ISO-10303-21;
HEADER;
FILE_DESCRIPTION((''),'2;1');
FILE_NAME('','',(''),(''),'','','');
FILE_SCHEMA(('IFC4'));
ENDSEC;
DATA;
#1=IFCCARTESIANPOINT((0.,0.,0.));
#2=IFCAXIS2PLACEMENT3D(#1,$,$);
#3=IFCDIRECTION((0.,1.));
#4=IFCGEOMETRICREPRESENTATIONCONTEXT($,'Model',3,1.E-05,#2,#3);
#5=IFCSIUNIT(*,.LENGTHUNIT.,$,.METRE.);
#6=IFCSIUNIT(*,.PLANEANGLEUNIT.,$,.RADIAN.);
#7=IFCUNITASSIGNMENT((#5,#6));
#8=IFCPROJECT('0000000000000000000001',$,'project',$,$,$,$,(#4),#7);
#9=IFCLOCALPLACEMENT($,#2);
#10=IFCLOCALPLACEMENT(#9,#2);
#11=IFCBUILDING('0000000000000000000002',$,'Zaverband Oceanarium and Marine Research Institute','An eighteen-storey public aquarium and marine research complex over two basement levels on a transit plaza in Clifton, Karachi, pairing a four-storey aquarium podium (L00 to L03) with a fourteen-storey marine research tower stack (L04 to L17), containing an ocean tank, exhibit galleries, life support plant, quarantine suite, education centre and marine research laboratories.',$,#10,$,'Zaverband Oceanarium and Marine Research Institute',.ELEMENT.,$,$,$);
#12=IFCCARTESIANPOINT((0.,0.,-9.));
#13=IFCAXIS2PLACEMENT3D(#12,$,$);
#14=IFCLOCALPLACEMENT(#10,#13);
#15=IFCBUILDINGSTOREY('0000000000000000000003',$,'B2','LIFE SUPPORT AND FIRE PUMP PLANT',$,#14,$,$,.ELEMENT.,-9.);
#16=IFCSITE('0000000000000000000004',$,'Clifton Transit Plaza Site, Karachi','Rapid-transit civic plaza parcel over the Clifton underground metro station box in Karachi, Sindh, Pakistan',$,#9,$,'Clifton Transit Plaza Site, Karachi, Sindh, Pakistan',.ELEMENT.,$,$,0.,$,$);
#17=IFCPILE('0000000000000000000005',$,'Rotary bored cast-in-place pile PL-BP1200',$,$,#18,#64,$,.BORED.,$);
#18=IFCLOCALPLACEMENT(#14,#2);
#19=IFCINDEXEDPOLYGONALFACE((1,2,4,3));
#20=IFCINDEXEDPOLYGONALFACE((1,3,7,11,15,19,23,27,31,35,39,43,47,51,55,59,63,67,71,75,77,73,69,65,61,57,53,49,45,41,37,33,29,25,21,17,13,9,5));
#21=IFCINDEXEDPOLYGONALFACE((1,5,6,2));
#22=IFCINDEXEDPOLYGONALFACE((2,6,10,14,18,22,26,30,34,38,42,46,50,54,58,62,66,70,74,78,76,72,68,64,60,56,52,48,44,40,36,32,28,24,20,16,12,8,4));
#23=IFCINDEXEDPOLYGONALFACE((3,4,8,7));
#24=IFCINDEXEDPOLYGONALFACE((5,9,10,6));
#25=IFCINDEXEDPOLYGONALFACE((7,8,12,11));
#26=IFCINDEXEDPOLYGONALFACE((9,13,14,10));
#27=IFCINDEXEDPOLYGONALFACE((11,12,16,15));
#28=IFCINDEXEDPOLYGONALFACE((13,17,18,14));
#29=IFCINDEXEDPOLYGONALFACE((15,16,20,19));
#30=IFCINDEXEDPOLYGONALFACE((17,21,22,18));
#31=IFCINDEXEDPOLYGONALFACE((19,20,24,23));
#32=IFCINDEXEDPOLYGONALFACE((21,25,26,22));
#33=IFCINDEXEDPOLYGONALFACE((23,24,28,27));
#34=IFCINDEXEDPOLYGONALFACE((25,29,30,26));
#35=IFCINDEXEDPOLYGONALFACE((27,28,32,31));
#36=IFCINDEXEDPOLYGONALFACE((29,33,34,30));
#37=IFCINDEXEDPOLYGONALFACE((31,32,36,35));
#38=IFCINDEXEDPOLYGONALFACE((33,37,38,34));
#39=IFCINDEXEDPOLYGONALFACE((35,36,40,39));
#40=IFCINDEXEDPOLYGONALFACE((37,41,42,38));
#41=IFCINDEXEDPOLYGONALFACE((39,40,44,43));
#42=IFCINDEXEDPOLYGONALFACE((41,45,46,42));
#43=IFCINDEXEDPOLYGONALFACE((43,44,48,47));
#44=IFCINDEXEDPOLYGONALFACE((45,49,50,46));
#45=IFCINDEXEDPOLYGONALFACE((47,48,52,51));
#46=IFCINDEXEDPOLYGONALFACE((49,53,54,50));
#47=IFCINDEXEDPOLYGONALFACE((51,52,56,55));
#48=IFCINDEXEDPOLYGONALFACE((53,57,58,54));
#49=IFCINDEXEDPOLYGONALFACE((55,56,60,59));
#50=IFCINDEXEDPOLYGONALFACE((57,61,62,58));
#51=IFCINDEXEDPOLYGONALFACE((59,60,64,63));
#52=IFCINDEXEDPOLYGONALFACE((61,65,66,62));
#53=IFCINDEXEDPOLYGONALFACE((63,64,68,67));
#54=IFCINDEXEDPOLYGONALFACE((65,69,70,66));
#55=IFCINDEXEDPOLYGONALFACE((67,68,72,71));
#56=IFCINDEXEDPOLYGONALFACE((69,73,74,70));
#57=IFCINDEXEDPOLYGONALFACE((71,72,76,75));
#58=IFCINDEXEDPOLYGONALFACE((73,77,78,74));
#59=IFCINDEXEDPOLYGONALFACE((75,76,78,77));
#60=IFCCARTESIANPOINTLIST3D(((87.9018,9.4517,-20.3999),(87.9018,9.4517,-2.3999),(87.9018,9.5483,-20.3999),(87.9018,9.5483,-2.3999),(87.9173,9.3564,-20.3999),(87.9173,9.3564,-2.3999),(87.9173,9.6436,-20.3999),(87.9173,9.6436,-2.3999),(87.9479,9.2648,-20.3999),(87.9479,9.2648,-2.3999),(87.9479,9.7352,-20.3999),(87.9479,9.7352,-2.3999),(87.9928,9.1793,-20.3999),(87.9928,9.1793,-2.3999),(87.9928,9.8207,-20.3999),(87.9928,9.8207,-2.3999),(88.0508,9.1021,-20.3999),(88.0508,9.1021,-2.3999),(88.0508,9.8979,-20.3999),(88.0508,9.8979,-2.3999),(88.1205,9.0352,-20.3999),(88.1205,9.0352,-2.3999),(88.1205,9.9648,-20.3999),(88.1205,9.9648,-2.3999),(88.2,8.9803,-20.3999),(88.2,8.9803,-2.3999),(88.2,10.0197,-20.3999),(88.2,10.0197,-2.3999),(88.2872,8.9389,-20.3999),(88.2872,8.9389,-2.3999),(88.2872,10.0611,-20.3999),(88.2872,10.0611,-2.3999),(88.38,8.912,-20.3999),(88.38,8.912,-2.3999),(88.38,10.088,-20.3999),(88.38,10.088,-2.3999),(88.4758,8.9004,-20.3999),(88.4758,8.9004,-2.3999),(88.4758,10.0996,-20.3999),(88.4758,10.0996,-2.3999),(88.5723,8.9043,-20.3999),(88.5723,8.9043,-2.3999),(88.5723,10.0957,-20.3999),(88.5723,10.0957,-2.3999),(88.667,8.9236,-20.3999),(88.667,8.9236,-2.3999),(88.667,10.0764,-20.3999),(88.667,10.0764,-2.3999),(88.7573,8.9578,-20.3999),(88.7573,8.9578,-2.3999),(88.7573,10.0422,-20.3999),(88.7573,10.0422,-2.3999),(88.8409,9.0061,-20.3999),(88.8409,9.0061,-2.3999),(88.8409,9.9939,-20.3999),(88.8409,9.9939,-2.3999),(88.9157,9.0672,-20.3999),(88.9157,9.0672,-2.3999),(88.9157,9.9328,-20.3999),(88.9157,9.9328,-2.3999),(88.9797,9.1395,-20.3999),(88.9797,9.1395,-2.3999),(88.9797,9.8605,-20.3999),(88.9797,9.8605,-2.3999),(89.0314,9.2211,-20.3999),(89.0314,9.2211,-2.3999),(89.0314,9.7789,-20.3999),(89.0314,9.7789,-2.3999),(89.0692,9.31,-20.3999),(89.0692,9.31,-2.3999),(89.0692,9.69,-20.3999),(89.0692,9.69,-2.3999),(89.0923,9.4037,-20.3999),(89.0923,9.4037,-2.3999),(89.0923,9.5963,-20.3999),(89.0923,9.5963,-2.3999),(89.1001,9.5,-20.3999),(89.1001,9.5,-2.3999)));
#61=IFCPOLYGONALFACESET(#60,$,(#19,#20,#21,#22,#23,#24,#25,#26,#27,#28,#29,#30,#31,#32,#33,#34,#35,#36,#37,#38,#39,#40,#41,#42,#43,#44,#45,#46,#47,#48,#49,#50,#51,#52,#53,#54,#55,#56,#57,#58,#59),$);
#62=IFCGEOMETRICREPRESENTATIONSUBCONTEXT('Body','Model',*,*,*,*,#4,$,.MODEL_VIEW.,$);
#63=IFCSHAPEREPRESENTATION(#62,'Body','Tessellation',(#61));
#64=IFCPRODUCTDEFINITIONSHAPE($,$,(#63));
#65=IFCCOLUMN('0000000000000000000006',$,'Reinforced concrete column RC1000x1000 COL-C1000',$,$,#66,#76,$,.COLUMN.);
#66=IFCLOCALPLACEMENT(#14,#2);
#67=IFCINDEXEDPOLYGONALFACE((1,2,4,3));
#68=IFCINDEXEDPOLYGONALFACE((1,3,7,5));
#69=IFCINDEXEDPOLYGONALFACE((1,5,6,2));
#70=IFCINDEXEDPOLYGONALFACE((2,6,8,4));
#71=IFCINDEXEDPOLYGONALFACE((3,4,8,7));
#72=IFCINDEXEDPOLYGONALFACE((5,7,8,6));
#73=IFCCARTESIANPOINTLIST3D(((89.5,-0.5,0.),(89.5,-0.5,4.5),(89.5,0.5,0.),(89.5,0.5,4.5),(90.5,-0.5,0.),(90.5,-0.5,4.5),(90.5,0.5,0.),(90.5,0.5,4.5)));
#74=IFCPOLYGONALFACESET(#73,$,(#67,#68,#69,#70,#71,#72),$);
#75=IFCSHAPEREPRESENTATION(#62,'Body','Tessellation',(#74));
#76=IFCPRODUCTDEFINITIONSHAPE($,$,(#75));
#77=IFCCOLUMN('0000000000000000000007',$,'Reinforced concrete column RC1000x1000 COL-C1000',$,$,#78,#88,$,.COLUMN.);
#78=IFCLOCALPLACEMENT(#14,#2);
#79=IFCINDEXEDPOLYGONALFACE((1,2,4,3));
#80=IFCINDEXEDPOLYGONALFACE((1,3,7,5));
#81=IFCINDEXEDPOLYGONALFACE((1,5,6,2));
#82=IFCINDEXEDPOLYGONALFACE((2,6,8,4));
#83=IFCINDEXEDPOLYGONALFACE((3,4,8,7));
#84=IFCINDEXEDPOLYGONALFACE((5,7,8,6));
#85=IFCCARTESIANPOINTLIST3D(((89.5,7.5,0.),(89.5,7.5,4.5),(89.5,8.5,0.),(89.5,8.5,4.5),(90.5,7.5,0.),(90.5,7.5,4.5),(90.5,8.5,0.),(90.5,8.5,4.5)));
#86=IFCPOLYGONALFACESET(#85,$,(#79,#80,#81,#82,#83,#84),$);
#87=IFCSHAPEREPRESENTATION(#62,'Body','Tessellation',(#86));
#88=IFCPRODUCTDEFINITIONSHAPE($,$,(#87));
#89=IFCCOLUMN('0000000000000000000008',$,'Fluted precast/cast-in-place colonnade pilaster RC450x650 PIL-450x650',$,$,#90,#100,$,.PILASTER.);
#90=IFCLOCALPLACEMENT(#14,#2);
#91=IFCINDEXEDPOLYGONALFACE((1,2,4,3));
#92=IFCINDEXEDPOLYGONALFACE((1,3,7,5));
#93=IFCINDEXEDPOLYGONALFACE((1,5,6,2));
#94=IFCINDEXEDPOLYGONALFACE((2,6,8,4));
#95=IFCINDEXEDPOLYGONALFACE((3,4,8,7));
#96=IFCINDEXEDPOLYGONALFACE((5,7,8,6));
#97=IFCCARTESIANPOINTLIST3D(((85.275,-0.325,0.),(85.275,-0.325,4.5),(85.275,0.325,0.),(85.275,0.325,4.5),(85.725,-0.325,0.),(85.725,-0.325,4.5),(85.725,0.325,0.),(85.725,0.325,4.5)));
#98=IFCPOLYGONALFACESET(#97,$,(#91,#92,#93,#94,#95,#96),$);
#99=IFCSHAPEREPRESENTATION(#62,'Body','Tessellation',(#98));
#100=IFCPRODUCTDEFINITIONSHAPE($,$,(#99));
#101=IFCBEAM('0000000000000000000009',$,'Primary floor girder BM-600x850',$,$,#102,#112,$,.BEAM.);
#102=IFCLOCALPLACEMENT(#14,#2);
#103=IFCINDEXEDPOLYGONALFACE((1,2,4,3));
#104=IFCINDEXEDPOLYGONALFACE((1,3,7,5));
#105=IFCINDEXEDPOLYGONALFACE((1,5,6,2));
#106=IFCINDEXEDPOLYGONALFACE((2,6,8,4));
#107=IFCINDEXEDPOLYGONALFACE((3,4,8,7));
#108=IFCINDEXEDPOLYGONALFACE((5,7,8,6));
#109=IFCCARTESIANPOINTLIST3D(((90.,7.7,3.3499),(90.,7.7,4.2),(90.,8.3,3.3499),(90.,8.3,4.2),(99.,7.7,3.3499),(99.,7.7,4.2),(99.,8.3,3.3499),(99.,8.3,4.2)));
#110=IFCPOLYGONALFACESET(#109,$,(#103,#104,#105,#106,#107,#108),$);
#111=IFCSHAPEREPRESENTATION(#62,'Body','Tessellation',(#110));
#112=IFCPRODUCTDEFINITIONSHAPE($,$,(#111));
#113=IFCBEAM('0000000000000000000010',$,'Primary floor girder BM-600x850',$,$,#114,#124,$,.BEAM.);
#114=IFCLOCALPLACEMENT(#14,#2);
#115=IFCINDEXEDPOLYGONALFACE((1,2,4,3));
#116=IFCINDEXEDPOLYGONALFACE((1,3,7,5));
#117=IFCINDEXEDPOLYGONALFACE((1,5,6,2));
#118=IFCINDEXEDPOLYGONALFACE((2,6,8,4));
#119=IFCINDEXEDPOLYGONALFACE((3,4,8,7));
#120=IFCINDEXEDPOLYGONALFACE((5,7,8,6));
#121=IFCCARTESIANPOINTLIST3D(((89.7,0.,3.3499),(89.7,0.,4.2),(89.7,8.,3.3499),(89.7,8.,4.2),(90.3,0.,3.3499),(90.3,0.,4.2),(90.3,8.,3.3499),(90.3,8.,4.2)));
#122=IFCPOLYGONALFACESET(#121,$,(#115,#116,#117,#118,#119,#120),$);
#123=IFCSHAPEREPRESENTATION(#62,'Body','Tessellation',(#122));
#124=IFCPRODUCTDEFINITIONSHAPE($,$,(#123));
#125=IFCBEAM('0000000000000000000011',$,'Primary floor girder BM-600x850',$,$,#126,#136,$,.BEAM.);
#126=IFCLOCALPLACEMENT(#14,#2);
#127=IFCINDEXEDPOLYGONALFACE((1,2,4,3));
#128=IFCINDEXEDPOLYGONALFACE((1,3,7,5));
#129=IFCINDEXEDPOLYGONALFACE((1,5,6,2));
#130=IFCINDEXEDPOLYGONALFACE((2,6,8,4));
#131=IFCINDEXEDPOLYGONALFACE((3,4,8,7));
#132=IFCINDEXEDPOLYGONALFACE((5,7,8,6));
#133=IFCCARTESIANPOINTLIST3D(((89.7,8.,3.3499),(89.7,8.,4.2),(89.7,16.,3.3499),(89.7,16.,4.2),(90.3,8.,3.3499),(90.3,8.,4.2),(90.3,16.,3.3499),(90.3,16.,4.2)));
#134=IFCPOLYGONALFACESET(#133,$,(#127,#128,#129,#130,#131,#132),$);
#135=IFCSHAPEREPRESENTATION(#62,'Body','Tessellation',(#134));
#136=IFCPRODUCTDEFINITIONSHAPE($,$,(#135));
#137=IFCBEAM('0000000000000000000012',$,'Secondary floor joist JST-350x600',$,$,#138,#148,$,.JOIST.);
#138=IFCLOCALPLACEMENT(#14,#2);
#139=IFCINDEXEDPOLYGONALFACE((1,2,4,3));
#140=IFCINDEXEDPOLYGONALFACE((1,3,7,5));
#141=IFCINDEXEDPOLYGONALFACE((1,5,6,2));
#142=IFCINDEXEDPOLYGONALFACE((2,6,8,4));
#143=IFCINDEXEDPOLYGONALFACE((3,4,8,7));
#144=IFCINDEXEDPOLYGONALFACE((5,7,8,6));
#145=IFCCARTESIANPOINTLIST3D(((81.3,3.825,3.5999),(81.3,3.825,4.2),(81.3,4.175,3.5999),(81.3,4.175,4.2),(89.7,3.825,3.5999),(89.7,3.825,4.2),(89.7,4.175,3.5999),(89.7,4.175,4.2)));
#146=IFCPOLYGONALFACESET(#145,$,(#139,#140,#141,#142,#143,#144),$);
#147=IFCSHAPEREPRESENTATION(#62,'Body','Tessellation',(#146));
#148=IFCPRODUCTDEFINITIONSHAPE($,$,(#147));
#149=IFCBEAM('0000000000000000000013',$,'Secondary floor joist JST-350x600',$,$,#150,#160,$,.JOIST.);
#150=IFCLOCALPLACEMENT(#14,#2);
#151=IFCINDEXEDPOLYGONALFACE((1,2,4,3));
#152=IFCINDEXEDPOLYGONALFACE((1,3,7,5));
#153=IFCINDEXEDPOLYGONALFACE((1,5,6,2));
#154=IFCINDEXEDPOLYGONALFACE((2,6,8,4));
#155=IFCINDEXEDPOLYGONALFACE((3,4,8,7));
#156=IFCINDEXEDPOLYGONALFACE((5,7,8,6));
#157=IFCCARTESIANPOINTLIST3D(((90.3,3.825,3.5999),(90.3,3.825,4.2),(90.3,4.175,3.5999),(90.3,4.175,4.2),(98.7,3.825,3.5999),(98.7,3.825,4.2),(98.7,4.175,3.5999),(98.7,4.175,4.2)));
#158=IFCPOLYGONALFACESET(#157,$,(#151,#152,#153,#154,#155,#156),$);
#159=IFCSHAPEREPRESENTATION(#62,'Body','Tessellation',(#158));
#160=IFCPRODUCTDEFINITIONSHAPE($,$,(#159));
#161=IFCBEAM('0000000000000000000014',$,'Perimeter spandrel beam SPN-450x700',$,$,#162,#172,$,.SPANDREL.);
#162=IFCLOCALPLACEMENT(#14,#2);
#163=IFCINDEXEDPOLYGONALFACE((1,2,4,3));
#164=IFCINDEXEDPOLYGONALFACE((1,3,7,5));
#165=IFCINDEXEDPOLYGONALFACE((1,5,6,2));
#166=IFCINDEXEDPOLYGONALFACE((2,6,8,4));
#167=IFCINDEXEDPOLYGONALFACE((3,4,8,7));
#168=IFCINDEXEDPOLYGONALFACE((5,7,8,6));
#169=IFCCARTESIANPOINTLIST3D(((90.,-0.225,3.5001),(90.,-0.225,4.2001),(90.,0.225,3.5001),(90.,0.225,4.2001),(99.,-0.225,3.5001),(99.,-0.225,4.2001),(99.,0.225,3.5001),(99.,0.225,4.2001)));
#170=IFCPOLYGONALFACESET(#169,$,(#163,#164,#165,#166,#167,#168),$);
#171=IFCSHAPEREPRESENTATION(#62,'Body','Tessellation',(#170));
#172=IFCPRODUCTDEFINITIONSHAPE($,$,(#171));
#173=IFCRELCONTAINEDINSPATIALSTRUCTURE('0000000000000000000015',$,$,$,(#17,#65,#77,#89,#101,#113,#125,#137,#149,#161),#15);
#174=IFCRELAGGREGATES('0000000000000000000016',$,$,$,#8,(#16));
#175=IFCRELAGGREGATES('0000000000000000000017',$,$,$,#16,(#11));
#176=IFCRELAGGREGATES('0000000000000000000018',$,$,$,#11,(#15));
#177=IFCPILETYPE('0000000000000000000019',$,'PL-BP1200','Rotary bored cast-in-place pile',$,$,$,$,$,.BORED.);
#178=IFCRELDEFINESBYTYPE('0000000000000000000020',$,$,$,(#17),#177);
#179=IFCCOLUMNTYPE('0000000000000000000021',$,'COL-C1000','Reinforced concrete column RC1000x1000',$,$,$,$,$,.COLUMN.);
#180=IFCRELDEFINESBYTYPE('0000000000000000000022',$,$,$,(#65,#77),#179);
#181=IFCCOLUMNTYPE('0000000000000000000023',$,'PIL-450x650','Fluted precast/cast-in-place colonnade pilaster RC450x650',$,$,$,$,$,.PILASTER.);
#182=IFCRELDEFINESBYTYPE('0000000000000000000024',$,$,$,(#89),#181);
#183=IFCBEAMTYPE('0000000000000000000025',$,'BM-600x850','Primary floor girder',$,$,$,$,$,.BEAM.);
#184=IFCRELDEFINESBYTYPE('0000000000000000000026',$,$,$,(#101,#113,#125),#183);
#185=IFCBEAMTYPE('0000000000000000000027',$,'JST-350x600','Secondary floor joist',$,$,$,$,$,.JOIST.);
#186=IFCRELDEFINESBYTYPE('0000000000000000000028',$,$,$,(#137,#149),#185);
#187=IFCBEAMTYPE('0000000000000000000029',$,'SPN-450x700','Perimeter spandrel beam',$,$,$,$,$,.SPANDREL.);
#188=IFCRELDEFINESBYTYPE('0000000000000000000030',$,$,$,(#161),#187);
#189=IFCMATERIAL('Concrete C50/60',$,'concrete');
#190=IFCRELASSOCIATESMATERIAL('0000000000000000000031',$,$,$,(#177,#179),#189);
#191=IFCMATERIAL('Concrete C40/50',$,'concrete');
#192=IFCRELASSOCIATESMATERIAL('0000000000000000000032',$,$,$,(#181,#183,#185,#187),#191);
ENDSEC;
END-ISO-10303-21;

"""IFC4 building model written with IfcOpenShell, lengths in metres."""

from ifc_helpers import new_model, si_unit, direction, frame, origin, origin_2d, place, context, subcontext, project, spatial, rectangle, circle, extrude, material, material_profile, profile_set, type_object, element, save


model = new_model("IFC4")

# Units and contexts
model_context = context("Model", 3, precision=1e-05, world=origin(), true_north=direction((0.0, 1.0)))
body_context = subcontext(model_context, "Body", "Model", "MODEL_VIEW")
ifc_project = project(units=[si_unit("LENGTHUNIT", "METRE"), si_unit("PLANEANGLEUNIT", "RADIAN")], contexts=[model_context])

# Site, building, storey
site_placement = place(None, origin())
site = spatial("IfcSite", under=ifc_project, at=site_placement, Name="Clifton Transit Plaza Site, Karachi", Description="Rapid-transit civic plaza parcel over the Clifton underground metro station box in Karachi, Sindh, Pakistan", LongName="Clifton Transit Plaza Site, Karachi, Sindh, Pakistan", CompositionType="ELEMENT", RefElevation=0.0)
building_placement = place(site_placement, origin())
building = spatial("IfcBuilding", under=site, at=building_placement, Name="Zaverband Oceanarium and Marine Research Institute", Description="An eighteen-storey public aquarium and marine research complex over two basement levels on a transit plaza in Clifton, Karachi, pairing a four-storey aquarium podium (L00 to L03) with a fourteen-storey marine research tower stack (L04 to L17), containing an ocean tank, exhibit galleries, life support plant, quarantine suite, education centre and marine research laboratories.", LongName="Zaverband Oceanarium and Marine Research Institute", CompositionType="ELEMENT")
storey_placement = place(building_placement, frame((0.0, 0.0, -9.0)))
storey = spatial("IfcBuildingStorey", under=building, at=storey_placement, Name="B2", Description="LIFE SUPPORT AND FIRE PUMP PLANT", CompositionType="ELEMENT", Elevation=-9.0)

# Shared definitions
ifc_material_1 = material(Name="Concrete C50/60", Category="concrete")
ifc_material_2 = material(Name="Concrete C40/50", Category="concrete")

# Pile
ifc_material_profile_1 = material_profile(ifc_material_1, circle(Radius=0.6001, at=origin_2d()), Name="BP1200")
ifc_profile_set_1 = profile_set([ifc_material_profile_1], Name="Concrete C50/60")
pile_type = type_object("IfcPileType", Name="PL-BP1200", Description="Rotary bored cast-in-place pile", PredefinedType="BORED", material=ifc_profile_set_1)
for number, where, z_axis, x_axis, name in (
    (1, (88.5, 9.5, -2.3999), (0.0, 0.0, -1.0), (1.0, 0.0, 0.0), "Rotary bored cast-in-place pile PL-BP1200"),
):
    element("IfcPile", number, at=place(storey_placement, frame(where, z_axis=z_axis, x_axis=x_axis)), inside=storey, type_object=pile_type, Name=name, PredefinedType="BORED", context=body_context, shape_type="SweptSolid", body=[
        extrude(circle(Radius=0.6001, at=origin_2d()), origin(), (0.0, 0.0, 1.0), 18.0),
    ])

# Columns
ifc_material_profile_2 = material_profile(ifc_material_1, rectangle(XDim=1.0, YDim=1.0, at=origin_2d()), Name="RC1000x1000")
ifc_profile_set_2 = profile_set([ifc_material_profile_2], Name="Concrete C50/60")
column_type_1 = type_object("IfcColumnType", Name="COL-C1000", Description="Reinforced concrete column RC1000x1000", PredefinedType="COLUMN", material=ifc_profile_set_2)
for number, where, z_axis, x_axis, name in (
    (2, (90.0, 0.0, 0.0), (0.0, 0.0, 1.0), (1.0, 0.0, 0.0), "Reinforced concrete column RC1000x1000 COL-C1000"),
    (3, (90.0, 8.0, 0.0), (0.0, 0.0, 1.0), (1.0, 0.0, 0.0), "Reinforced concrete column RC1000x1000 COL-C1000"),
):
    element("IfcColumn", number, at=place(storey_placement, frame(where, z_axis=z_axis, x_axis=x_axis)), inside=storey, type_object=column_type_1, Name=name, PredefinedType="COLUMN", context=body_context, shape_type="SweptSolid", body=[
        extrude(rectangle(XDim=1.0, YDim=1.0, at=origin_2d()), origin(), (0.0, 0.0, 1.0), 4.5),
    ])
ifc_material_profile_3 = material_profile(ifc_material_2, rectangle(XDim=0.45, YDim=0.6499, at=origin_2d()), Name="RC450x650")
ifc_profile_set_3 = profile_set([ifc_material_profile_3], Name="Concrete C40/50")
column_type_2 = type_object("IfcColumnType", Name="PIL-450x650", Description="Fluted precast/cast-in-place colonnade pilaster RC450x650", PredefinedType="PILASTER", material=ifc_profile_set_3)
column_placement = place(storey_placement, frame((85.5, 0.0, 0.0), z_axis=(0.0, 0.0, 1.0), x_axis=(1.0, 0.0, 0.0)))
element("IfcColumn", 4, at=column_placement, inside=storey, type_object=column_type_2, Name="Fluted precast/cast-in-place colonnade pilaster RC450x650 PIL-450x650", PredefinedType="PILASTER", context=body_context, shape_type="SweptSolid", body=[
    extrude(rectangle(XDim=0.45, YDim=0.6499, at=origin_2d()), origin(), (0.0, 0.0, 1.0), 4.5),
])

# Beams
ifc_material_profile_4 = material_profile(ifc_material_2, rectangle(XDim=0.6001, YDim=0.8501, at=origin_2d()), Name="RC600x850")
ifc_profile_set_4 = profile_set([ifc_material_profile_4], Name="Concrete C40/50")
beam_type_1 = type_object("IfcBeamType", Name="BM-600x850", Description="Primary floor girder", PredefinedType="BEAM", material=ifc_profile_set_4)
beam_1_placement = place(storey_placement, frame((90.0, 8.0, 3.7749), z_axis=(1.0, 0.0, 0.0), x_axis=(0.0, 1.0, 0.0)))
element("IfcBeam", 5, at=beam_1_placement, inside=storey, type_object=beam_type_1, Name="Primary floor girder BM-600x850", PredefinedType="BEAM", context=body_context, shape_type="SweptSolid", body=[
    extrude(rectangle(XDim=0.6001, YDim=0.8501, at=origin_2d()), origin(), (0.0, 0.0, 1.0), 9.0),
])
for number, where, z_axis, x_axis, name in (
    (6, (90.0, 0.0, 3.7749), (0.0, 1.0, 0.0), (-1.0, 0.0, 0.0), "Primary floor girder BM-600x850"),
    (7, (90.0, 8.0, 3.7749), (0.0, 1.0, 0.0), (-1.0, 0.0, 0.0), "Primary floor girder BM-600x850"),
):
    element("IfcBeam", number, at=place(storey_placement, frame(where, z_axis=z_axis, x_axis=x_axis)), inside=storey, type_object=beam_type_1, Name=name, PredefinedType="BEAM", context=body_context, shape_type="SweptSolid", body=[
        extrude(rectangle(XDim=0.6001, YDim=0.8501, at=origin_2d()), origin(), (0.0, 0.0, 1.0), 8.0),
    ])
ifc_material_profile_5 = material_profile(ifc_material_2, rectangle(XDim=0.3501, YDim=0.6001, at=origin_2d()), Name="RC350x600")
ifc_profile_set_5 = profile_set([ifc_material_profile_5], Name="Concrete C40/50")
beam_type_2 = type_object("IfcBeamType", Name="JST-350x600", Description="Secondary floor joist", PredefinedType="JOIST", material=ifc_profile_set_5)
for number, where, z_axis, x_axis, name in (
    (8, (81.3, 4.0, 3.8999), (1.0, 0.0, 0.0), (0.0, 1.0, 0.0), "Secondary floor joist JST-350x600"),
    (9, (90.3, 4.0, 3.8999), (1.0, 0.0, 0.0), (0.0, 1.0, 0.0), "Secondary floor joist JST-350x600"),
):
    element("IfcBeam", number, at=place(storey_placement, frame(where, z_axis=z_axis, x_axis=x_axis)), inside=storey, type_object=beam_type_2, Name=name, PredefinedType="JOIST", context=body_context, shape_type="SweptSolid", body=[
        extrude(rectangle(XDim=0.3501, YDim=0.6001, at=origin_2d()), origin(), (0.0, 0.0, 1.0), 8.3999),
    ])
ifc_material_profile_6 = material_profile(ifc_material_2, rectangle(XDim=0.45, YDim=0.7, at=origin_2d()), Name="RC450x700")
ifc_profile_set_6 = profile_set([ifc_material_profile_6], Name="Concrete C40/50")
beam_type_3 = type_object("IfcBeamType", Name="SPN-450x700", Description="Perimeter spandrel beam", PredefinedType="SPANDREL", material=ifc_profile_set_6)
beam_2_placement = place(storey_placement, frame((90.0, 0.0, 3.8501), z_axis=(1.0, 0.0, 0.0), x_axis=(0.0, 1.0, 0.0)))
element("IfcBeam", 10, at=beam_2_placement, inside=storey, type_object=beam_type_3, Name="Perimeter spandrel beam SPN-450x700", PredefinedType="SPANDREL", context=body_context, shape_type="SweptSolid", body=[
    extrude(rectangle(XDim=0.45, YDim=0.7, at=origin_2d()), origin(), (0.0, 0.0, 1.0), 9.0),
])

save(model, "model.ifc")
